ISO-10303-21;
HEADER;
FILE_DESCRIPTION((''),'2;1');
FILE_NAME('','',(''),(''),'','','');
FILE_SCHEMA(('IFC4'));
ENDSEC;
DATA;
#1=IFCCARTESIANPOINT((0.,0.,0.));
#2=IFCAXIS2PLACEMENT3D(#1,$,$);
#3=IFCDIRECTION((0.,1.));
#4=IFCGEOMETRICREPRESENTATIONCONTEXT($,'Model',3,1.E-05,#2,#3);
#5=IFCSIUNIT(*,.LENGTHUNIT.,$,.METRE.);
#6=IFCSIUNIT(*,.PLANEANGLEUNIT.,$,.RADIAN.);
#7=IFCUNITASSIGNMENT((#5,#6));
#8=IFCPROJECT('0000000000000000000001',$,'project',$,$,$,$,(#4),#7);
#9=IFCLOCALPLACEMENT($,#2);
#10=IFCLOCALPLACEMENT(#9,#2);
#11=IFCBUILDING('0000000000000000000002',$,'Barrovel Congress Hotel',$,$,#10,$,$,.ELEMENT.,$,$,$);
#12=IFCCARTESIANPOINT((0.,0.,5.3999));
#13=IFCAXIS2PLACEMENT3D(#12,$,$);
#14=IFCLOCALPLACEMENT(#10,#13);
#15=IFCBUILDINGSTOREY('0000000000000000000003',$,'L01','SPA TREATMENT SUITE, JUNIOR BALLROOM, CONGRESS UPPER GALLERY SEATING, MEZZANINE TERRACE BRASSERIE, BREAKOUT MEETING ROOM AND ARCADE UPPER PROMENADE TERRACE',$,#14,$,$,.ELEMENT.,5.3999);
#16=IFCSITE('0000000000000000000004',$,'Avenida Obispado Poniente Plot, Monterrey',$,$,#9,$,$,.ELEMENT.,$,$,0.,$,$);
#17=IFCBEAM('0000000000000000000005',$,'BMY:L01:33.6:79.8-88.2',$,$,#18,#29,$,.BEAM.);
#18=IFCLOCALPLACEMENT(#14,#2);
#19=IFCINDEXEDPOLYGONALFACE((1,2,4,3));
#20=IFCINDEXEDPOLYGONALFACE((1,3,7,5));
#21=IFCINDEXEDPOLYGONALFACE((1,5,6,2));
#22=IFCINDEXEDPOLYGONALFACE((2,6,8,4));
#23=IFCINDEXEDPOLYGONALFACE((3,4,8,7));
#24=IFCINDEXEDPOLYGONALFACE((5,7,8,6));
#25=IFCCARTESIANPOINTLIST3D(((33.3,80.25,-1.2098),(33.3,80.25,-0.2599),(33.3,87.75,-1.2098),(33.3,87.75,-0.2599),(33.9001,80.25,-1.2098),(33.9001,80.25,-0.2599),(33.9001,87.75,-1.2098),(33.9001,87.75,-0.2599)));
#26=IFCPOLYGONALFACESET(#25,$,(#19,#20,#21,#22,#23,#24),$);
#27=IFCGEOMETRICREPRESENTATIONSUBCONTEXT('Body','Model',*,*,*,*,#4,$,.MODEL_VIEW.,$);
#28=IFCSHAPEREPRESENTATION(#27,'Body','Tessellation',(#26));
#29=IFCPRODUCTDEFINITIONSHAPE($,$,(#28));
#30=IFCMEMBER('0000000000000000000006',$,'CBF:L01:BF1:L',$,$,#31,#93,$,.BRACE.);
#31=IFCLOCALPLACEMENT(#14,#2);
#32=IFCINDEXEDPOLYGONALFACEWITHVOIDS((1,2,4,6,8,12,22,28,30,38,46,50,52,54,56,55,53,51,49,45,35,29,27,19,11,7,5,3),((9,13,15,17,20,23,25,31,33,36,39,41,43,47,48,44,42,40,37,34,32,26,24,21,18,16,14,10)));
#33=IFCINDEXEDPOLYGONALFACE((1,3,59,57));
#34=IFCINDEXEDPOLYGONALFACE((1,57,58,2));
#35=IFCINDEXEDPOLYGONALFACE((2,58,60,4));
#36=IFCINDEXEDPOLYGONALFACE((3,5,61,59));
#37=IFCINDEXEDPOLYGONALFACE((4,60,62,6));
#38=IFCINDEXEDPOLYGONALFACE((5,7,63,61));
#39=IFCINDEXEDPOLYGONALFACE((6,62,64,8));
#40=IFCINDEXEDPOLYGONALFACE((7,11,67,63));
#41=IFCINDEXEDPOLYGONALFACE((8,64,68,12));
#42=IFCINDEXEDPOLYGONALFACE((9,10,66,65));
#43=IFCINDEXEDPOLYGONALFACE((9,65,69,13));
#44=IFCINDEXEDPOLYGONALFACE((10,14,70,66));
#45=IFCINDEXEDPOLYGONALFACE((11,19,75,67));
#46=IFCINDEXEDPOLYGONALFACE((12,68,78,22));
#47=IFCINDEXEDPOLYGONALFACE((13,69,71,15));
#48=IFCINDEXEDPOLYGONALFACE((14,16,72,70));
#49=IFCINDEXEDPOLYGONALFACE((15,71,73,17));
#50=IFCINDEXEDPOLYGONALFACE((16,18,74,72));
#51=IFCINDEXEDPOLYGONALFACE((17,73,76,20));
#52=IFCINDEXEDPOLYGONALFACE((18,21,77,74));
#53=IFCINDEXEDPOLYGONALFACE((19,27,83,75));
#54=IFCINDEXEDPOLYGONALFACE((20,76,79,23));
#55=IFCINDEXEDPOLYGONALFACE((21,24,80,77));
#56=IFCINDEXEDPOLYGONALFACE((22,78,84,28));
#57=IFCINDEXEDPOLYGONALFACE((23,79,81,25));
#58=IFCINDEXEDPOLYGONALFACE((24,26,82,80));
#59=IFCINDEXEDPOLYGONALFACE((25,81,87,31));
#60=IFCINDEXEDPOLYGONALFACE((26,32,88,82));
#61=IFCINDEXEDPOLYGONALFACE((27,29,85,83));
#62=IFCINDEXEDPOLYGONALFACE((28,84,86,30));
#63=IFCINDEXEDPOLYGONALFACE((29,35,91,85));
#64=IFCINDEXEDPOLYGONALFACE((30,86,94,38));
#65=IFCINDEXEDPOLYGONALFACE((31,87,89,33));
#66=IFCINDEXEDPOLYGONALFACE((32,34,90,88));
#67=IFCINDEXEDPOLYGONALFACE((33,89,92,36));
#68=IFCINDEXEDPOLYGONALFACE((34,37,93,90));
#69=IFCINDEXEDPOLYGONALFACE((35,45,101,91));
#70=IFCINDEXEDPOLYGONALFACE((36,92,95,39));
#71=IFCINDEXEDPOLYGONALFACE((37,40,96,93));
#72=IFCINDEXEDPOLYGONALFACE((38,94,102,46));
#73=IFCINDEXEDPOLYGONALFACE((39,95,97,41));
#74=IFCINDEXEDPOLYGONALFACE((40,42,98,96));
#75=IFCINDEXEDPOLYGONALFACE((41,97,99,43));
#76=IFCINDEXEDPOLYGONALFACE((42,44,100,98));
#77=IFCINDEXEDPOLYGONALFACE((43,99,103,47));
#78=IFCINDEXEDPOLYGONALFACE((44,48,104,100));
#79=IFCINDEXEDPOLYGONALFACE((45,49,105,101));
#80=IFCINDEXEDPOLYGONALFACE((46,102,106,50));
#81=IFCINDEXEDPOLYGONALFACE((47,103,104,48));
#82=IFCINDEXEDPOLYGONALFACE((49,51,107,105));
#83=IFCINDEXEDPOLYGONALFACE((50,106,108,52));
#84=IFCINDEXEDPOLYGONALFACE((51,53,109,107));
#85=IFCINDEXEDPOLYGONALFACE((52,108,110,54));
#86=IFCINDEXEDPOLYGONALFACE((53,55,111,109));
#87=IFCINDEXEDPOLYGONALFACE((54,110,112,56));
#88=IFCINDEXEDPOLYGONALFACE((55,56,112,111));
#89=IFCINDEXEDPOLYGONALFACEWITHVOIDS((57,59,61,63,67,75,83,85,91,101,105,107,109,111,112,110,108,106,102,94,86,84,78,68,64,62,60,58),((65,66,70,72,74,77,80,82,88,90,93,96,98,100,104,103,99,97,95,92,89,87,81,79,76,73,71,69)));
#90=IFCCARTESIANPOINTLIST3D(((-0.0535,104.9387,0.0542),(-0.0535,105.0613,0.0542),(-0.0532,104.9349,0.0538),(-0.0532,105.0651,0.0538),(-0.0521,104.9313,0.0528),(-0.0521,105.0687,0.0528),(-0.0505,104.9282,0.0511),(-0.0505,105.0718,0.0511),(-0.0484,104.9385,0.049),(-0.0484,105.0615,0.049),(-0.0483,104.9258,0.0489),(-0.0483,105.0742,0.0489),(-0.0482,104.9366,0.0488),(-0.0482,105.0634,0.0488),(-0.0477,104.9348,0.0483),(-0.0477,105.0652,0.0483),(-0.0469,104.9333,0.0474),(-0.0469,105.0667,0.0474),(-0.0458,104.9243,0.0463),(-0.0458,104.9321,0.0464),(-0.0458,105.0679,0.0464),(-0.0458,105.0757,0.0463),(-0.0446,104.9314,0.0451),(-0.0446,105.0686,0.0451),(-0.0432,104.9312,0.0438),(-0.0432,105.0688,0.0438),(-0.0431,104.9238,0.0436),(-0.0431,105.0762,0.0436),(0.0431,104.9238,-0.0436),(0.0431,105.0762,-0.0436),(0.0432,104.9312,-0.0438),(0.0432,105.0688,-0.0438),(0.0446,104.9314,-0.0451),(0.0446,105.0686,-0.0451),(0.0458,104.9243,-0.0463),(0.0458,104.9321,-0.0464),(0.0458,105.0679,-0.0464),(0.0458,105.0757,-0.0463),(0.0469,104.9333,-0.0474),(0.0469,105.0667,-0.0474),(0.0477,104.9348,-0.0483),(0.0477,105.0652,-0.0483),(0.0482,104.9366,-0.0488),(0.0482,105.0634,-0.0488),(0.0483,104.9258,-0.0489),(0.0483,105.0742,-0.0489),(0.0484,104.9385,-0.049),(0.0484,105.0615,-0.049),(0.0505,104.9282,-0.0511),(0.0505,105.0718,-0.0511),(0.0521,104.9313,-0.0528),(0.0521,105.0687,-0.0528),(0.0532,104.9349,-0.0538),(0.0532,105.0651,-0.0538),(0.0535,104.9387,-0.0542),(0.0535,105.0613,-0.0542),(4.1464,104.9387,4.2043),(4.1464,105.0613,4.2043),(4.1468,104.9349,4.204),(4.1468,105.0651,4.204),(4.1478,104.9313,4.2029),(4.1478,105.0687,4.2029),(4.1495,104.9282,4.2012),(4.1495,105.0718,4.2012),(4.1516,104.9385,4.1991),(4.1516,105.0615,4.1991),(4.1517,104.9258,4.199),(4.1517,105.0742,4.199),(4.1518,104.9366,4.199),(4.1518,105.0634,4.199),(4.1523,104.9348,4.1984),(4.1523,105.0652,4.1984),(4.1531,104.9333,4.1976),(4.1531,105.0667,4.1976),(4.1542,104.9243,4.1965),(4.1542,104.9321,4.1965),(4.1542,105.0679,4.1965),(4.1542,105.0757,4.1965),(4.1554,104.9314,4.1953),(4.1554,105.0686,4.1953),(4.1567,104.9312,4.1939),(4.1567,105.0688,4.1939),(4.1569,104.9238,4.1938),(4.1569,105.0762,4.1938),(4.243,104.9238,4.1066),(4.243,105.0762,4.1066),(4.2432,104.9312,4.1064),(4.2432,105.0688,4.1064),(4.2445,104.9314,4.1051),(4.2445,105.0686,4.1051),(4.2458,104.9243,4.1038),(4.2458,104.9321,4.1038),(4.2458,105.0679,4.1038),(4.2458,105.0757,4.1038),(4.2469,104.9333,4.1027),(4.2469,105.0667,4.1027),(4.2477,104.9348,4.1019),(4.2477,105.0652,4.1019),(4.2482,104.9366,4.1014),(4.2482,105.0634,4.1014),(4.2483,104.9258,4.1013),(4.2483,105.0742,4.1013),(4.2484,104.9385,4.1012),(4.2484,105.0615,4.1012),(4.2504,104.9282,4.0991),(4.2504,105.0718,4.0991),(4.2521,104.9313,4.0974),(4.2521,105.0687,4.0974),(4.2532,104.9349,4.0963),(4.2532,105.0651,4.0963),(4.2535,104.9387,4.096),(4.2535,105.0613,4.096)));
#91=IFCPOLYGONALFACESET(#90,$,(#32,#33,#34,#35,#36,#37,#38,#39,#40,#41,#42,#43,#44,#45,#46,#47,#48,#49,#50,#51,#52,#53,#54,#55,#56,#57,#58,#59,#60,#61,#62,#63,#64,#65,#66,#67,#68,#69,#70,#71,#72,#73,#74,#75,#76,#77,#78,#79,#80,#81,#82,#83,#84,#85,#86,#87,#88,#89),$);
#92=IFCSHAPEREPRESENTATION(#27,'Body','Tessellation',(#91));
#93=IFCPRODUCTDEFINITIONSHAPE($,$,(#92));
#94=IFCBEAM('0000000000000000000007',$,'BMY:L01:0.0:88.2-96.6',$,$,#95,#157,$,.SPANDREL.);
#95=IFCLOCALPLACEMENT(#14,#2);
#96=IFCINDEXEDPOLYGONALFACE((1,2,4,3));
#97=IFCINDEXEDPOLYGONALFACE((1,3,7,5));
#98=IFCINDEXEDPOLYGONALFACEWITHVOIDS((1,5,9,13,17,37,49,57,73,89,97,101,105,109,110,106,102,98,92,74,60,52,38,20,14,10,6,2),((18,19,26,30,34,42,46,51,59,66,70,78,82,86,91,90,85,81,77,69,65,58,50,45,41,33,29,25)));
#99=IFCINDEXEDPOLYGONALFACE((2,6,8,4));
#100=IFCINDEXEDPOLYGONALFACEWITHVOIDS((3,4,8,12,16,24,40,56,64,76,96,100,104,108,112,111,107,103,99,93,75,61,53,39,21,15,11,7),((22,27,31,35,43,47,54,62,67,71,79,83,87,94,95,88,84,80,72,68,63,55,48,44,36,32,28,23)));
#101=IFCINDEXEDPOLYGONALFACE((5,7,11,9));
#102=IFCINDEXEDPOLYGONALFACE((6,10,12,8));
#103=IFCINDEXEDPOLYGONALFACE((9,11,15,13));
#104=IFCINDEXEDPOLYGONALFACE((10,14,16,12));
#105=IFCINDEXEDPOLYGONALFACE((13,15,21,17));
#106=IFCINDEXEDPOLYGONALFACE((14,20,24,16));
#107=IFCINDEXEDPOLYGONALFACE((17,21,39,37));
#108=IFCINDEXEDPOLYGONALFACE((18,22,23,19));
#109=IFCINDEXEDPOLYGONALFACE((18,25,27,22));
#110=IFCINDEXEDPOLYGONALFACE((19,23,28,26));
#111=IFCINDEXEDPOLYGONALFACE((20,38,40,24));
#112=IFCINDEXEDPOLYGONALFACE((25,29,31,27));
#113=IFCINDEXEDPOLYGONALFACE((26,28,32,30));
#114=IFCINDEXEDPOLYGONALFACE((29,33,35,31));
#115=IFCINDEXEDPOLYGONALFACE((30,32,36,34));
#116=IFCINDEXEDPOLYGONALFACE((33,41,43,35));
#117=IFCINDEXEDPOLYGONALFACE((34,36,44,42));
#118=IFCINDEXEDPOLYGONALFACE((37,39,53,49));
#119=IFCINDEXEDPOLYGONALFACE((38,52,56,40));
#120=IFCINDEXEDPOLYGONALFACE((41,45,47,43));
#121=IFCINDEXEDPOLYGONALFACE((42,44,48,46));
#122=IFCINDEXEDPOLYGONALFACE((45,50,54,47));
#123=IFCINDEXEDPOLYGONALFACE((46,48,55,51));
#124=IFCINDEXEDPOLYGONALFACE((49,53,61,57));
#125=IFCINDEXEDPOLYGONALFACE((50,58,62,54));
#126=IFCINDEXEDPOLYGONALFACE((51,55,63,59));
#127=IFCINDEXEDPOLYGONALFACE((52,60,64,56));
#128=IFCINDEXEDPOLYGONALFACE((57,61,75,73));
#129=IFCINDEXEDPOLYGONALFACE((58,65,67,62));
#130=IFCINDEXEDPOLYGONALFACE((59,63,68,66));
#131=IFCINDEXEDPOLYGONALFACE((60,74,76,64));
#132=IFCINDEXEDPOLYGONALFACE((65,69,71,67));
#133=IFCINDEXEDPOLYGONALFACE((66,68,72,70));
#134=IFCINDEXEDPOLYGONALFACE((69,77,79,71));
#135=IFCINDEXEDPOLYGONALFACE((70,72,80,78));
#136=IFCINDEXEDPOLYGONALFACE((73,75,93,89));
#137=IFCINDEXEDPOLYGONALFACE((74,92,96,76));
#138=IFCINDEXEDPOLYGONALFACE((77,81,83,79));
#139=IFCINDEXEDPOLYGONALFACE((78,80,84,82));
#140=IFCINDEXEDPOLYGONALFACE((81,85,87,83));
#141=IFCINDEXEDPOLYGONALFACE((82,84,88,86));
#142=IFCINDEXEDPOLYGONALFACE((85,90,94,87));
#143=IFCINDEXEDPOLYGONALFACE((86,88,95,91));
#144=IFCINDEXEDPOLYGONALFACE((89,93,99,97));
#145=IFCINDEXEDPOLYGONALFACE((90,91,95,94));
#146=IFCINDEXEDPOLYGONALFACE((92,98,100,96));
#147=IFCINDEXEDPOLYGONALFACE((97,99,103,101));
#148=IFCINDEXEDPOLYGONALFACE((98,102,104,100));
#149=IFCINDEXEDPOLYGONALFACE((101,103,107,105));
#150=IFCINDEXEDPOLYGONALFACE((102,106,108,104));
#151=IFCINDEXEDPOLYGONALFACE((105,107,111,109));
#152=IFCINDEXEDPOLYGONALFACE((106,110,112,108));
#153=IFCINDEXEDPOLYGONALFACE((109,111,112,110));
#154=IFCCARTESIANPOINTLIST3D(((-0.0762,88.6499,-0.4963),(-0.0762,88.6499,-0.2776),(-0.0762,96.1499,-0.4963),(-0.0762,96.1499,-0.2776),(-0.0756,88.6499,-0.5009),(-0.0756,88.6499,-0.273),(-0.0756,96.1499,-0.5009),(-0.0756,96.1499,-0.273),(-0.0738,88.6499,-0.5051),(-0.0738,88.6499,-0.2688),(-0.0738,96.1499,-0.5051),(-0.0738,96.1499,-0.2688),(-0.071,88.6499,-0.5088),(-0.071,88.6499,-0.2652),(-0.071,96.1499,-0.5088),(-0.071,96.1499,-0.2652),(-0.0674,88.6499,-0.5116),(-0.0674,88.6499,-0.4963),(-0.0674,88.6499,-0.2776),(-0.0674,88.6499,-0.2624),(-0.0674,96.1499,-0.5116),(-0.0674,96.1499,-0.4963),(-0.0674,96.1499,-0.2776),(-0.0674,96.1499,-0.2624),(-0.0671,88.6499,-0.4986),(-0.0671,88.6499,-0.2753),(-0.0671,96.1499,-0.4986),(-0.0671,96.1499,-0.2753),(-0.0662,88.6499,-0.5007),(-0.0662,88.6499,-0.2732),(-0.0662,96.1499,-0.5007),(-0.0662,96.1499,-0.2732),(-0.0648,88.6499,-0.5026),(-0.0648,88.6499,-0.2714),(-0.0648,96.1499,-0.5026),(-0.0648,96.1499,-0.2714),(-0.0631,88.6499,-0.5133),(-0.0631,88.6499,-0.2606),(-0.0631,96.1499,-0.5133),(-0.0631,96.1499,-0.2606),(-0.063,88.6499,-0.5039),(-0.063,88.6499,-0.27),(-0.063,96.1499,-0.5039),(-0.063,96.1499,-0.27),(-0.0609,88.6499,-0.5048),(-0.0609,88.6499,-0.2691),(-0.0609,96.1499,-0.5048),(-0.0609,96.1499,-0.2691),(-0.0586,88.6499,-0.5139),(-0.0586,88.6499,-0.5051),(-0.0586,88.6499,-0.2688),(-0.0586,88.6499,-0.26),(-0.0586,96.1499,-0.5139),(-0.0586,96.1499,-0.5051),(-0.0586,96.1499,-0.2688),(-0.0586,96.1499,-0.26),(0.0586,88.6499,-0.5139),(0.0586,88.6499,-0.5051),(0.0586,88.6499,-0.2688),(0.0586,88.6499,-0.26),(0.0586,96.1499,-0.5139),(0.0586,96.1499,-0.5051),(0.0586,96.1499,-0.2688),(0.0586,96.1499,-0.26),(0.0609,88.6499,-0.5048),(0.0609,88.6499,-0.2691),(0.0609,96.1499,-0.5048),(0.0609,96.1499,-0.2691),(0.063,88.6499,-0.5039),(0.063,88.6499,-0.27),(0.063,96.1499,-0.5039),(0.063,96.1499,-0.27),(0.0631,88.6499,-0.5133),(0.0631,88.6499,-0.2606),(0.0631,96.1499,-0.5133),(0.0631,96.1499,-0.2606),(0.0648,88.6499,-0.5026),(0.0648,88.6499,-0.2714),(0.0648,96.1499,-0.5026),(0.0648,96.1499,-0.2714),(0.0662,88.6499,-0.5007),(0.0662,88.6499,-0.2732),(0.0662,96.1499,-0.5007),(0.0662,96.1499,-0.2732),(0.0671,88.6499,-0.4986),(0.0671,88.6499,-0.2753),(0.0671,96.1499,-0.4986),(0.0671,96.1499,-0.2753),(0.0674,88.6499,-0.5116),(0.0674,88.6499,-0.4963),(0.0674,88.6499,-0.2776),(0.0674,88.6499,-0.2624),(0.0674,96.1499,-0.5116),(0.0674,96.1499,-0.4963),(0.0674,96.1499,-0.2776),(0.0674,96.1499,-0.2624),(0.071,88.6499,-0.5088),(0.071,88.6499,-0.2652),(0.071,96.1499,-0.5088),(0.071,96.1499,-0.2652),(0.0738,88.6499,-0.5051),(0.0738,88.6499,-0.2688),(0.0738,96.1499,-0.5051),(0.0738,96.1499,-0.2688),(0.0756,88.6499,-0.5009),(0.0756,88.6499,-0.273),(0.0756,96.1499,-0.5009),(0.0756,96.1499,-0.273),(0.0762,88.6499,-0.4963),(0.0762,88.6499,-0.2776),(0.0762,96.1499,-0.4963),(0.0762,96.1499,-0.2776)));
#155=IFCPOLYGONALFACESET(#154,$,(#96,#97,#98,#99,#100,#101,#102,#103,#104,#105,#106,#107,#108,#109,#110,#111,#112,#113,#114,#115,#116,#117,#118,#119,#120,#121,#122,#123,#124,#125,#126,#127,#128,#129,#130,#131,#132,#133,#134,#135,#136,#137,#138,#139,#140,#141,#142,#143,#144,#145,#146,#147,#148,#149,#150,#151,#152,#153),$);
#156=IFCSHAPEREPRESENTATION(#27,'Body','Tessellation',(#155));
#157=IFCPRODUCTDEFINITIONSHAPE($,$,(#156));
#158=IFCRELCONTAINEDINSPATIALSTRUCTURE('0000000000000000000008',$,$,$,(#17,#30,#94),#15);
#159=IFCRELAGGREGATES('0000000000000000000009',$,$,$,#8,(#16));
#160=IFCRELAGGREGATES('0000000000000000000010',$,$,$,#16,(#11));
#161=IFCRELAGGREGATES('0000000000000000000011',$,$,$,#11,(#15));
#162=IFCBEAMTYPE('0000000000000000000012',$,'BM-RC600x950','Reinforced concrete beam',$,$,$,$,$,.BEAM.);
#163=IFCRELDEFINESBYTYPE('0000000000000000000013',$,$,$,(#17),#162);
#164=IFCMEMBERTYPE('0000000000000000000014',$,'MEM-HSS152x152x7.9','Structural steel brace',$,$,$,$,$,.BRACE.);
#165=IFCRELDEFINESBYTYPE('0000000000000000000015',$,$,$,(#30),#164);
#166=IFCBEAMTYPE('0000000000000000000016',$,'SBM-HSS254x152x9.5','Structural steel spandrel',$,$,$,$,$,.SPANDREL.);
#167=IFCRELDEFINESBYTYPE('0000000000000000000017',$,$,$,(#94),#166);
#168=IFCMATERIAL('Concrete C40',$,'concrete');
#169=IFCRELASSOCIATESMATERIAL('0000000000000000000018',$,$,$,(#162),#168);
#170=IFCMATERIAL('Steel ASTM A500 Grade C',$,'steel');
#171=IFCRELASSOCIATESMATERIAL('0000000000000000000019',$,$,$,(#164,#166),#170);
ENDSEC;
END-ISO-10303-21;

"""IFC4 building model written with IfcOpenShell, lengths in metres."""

from ifc_helpers import new_model, si_unit, direction, frame, origin, origin_2d, place, context, subcontext, project, spatial, rectangle, hollow_rectangle, extrude, material, material_profile, profile_set, type_object, element, save


model = new_model("IFC4")

# Units and contexts
model_context = context("Model", 3, precision=1e-05, world=origin(), true_north=direction((0.0, 1.0)))
body_context = subcontext(model_context, "Body", "Model", "MODEL_VIEW")
ifc_project = project(units=[si_unit("LENGTHUNIT", "METRE"), si_unit("PLANEANGLEUNIT", "RADIAN")], contexts=[model_context])

# Site, building, storey
site_placement = place(None, origin())
site = spatial("IfcSite", under=ifc_project, at=site_placement, Name="Avenida Obispado Poniente Plot, Monterrey", CompositionType="ELEMENT", RefElevation=0.0)
building_placement = place(site_placement, origin())
building = spatial("IfcBuilding", under=site, at=building_placement, Name="Barrovel Congress Hotel", CompositionType="ELEMENT")
storey_placement = place(building_placement, frame((0.0, 0.0, 5.3999)))
storey = spatial("IfcBuildingStorey", under=building, at=storey_placement, Name="L01", Description="SPA TREATMENT SUITE, JUNIOR BALLROOM, CONGRESS UPPER GALLERY SEATING, MEZZANINE TERRACE BRASSERIE, BREAKOUT MEETING ROOM AND ARCADE UPPER PROMENADE TERRACE", CompositionType="ELEMENT", Elevation=5.3999)

# Shared definitions
ifc_material_1 = material(Name="Concrete C40", Category="concrete")

# Beam
ifc_material_profile_1 = material_profile(ifc_material_1, rectangle(XDim=0.6001, YDim=0.95, at=origin_2d()), Name="RC600x950")
ifc_profile_set_1 = profile_set([ifc_material_profile_1], Name="Concrete C40")
beam_type_1 = type_object("IfcBeamType", Name="BM-RC600x950", Description="Reinforced concrete beam", PredefinedType="BEAM", material=ifc_profile_set_1)
beam_1_placement = place(storey_placement, frame((33.6001, 80.25, -0.7349), z_axis=(0.0, 1.0, 0.0), x_axis=(-1.0, 0.0, 0.0)))
element("IfcBeam", 1, at=beam_1_placement, inside=storey, type_object=beam_type_1, Name="BMY:L01:33.6:79.8-88.2", PredefinedType="BEAM", context=body_context, shape_type="SweptSolid", body=[
    extrude(rectangle(XDim=0.6001, YDim=0.95, at=origin_2d()), origin(), (0.0, 0.0, 1.0), 7.5),
])

# Member
ifc_material_2 = material(Name="Steel ASTM A500 Grade C", Category="steel")
ifc_material_profile_2 = material_profile(ifc_material_2, hollow_rectangle(XDim=0.1523, YDim=0.1523, WallThickness=0.0073, InnerFilletRadius=0.0073, OuterFilletRadius=0.0149, at=origin_2d()), Name="HSS152x152x7.9")
ifc_profile_set_2 = profile_set([ifc_material_profile_2], Name="Steel ASTM A500 Grade C")
member_type = type_object("IfcMemberType", Name="MEM-HSS152x152x7.9", Description="Structural steel brace", PredefinedType="BRACE", material=ifc_profile_set_2)
member_placement = place(storey_placement, frame((0.0, 105.0, 0.0), z_axis=(0.711312, 0.0, 0.702877), x_axis=(0.0, 1.0, 0.0)))
element("IfcMember", 2, at=member_placement, inside=storey, type_object=member_type, Name="CBF:L01:BF1:L", PredefinedType="BRACE", context=body_context, shape_type="SweptSolid", body=[
    extrude(hollow_rectangle(XDim=0.1523, YDim=0.1523, WallThickness=0.0073, InnerFilletRadius=0.0073, OuterFilletRadius=0.0149, at=origin_2d()), origin(), (0.0, 0.0, 1.0), 5.9045),
])

# Beam
ifc_material_profile_3 = material_profile(ifc_material_2, hollow_rectangle(XDim=0.1523, YDim=0.2539, WallThickness=0.0088, InnerFilletRadius=0.0088, OuterFilletRadius=0.0176, at=origin_2d()), Name="HSS254x152x9.5")
ifc_profile_set_3 = profile_set([ifc_material_profile_3], Name="Steel ASTM A500 Grade C")
beam_type_2 = type_object("IfcBeamType", Name="SBM-HSS254x152x9.5", Description="Structural steel spandrel", PredefinedType="SPANDREL", material=ifc_profile_set_3)
beam_2_placement = place(storey_placement, frame((0.0, 88.6499, -0.387), z_axis=(0.0, 1.0, 0.0), x_axis=(-1.0, 0.0, 0.0)))
element("IfcBeam", 3, at=beam_2_placement, inside=storey, type_object=beam_type_2, Name="BMY:L01:0.0:88.2-96.6", PredefinedType="SPANDREL", context=body_context, shape_type="SweptSolid", body=[
    extrude(hollow_rectangle(XDim=0.1523, YDim=0.2539, WallThickness=0.0088, InnerFilletRadius=0.0088, OuterFilletRadius=0.0176, at=origin_2d()), origin(), (0.0, 0.0, 1.0), 7.5),
])

save(model, "model.ifc")
